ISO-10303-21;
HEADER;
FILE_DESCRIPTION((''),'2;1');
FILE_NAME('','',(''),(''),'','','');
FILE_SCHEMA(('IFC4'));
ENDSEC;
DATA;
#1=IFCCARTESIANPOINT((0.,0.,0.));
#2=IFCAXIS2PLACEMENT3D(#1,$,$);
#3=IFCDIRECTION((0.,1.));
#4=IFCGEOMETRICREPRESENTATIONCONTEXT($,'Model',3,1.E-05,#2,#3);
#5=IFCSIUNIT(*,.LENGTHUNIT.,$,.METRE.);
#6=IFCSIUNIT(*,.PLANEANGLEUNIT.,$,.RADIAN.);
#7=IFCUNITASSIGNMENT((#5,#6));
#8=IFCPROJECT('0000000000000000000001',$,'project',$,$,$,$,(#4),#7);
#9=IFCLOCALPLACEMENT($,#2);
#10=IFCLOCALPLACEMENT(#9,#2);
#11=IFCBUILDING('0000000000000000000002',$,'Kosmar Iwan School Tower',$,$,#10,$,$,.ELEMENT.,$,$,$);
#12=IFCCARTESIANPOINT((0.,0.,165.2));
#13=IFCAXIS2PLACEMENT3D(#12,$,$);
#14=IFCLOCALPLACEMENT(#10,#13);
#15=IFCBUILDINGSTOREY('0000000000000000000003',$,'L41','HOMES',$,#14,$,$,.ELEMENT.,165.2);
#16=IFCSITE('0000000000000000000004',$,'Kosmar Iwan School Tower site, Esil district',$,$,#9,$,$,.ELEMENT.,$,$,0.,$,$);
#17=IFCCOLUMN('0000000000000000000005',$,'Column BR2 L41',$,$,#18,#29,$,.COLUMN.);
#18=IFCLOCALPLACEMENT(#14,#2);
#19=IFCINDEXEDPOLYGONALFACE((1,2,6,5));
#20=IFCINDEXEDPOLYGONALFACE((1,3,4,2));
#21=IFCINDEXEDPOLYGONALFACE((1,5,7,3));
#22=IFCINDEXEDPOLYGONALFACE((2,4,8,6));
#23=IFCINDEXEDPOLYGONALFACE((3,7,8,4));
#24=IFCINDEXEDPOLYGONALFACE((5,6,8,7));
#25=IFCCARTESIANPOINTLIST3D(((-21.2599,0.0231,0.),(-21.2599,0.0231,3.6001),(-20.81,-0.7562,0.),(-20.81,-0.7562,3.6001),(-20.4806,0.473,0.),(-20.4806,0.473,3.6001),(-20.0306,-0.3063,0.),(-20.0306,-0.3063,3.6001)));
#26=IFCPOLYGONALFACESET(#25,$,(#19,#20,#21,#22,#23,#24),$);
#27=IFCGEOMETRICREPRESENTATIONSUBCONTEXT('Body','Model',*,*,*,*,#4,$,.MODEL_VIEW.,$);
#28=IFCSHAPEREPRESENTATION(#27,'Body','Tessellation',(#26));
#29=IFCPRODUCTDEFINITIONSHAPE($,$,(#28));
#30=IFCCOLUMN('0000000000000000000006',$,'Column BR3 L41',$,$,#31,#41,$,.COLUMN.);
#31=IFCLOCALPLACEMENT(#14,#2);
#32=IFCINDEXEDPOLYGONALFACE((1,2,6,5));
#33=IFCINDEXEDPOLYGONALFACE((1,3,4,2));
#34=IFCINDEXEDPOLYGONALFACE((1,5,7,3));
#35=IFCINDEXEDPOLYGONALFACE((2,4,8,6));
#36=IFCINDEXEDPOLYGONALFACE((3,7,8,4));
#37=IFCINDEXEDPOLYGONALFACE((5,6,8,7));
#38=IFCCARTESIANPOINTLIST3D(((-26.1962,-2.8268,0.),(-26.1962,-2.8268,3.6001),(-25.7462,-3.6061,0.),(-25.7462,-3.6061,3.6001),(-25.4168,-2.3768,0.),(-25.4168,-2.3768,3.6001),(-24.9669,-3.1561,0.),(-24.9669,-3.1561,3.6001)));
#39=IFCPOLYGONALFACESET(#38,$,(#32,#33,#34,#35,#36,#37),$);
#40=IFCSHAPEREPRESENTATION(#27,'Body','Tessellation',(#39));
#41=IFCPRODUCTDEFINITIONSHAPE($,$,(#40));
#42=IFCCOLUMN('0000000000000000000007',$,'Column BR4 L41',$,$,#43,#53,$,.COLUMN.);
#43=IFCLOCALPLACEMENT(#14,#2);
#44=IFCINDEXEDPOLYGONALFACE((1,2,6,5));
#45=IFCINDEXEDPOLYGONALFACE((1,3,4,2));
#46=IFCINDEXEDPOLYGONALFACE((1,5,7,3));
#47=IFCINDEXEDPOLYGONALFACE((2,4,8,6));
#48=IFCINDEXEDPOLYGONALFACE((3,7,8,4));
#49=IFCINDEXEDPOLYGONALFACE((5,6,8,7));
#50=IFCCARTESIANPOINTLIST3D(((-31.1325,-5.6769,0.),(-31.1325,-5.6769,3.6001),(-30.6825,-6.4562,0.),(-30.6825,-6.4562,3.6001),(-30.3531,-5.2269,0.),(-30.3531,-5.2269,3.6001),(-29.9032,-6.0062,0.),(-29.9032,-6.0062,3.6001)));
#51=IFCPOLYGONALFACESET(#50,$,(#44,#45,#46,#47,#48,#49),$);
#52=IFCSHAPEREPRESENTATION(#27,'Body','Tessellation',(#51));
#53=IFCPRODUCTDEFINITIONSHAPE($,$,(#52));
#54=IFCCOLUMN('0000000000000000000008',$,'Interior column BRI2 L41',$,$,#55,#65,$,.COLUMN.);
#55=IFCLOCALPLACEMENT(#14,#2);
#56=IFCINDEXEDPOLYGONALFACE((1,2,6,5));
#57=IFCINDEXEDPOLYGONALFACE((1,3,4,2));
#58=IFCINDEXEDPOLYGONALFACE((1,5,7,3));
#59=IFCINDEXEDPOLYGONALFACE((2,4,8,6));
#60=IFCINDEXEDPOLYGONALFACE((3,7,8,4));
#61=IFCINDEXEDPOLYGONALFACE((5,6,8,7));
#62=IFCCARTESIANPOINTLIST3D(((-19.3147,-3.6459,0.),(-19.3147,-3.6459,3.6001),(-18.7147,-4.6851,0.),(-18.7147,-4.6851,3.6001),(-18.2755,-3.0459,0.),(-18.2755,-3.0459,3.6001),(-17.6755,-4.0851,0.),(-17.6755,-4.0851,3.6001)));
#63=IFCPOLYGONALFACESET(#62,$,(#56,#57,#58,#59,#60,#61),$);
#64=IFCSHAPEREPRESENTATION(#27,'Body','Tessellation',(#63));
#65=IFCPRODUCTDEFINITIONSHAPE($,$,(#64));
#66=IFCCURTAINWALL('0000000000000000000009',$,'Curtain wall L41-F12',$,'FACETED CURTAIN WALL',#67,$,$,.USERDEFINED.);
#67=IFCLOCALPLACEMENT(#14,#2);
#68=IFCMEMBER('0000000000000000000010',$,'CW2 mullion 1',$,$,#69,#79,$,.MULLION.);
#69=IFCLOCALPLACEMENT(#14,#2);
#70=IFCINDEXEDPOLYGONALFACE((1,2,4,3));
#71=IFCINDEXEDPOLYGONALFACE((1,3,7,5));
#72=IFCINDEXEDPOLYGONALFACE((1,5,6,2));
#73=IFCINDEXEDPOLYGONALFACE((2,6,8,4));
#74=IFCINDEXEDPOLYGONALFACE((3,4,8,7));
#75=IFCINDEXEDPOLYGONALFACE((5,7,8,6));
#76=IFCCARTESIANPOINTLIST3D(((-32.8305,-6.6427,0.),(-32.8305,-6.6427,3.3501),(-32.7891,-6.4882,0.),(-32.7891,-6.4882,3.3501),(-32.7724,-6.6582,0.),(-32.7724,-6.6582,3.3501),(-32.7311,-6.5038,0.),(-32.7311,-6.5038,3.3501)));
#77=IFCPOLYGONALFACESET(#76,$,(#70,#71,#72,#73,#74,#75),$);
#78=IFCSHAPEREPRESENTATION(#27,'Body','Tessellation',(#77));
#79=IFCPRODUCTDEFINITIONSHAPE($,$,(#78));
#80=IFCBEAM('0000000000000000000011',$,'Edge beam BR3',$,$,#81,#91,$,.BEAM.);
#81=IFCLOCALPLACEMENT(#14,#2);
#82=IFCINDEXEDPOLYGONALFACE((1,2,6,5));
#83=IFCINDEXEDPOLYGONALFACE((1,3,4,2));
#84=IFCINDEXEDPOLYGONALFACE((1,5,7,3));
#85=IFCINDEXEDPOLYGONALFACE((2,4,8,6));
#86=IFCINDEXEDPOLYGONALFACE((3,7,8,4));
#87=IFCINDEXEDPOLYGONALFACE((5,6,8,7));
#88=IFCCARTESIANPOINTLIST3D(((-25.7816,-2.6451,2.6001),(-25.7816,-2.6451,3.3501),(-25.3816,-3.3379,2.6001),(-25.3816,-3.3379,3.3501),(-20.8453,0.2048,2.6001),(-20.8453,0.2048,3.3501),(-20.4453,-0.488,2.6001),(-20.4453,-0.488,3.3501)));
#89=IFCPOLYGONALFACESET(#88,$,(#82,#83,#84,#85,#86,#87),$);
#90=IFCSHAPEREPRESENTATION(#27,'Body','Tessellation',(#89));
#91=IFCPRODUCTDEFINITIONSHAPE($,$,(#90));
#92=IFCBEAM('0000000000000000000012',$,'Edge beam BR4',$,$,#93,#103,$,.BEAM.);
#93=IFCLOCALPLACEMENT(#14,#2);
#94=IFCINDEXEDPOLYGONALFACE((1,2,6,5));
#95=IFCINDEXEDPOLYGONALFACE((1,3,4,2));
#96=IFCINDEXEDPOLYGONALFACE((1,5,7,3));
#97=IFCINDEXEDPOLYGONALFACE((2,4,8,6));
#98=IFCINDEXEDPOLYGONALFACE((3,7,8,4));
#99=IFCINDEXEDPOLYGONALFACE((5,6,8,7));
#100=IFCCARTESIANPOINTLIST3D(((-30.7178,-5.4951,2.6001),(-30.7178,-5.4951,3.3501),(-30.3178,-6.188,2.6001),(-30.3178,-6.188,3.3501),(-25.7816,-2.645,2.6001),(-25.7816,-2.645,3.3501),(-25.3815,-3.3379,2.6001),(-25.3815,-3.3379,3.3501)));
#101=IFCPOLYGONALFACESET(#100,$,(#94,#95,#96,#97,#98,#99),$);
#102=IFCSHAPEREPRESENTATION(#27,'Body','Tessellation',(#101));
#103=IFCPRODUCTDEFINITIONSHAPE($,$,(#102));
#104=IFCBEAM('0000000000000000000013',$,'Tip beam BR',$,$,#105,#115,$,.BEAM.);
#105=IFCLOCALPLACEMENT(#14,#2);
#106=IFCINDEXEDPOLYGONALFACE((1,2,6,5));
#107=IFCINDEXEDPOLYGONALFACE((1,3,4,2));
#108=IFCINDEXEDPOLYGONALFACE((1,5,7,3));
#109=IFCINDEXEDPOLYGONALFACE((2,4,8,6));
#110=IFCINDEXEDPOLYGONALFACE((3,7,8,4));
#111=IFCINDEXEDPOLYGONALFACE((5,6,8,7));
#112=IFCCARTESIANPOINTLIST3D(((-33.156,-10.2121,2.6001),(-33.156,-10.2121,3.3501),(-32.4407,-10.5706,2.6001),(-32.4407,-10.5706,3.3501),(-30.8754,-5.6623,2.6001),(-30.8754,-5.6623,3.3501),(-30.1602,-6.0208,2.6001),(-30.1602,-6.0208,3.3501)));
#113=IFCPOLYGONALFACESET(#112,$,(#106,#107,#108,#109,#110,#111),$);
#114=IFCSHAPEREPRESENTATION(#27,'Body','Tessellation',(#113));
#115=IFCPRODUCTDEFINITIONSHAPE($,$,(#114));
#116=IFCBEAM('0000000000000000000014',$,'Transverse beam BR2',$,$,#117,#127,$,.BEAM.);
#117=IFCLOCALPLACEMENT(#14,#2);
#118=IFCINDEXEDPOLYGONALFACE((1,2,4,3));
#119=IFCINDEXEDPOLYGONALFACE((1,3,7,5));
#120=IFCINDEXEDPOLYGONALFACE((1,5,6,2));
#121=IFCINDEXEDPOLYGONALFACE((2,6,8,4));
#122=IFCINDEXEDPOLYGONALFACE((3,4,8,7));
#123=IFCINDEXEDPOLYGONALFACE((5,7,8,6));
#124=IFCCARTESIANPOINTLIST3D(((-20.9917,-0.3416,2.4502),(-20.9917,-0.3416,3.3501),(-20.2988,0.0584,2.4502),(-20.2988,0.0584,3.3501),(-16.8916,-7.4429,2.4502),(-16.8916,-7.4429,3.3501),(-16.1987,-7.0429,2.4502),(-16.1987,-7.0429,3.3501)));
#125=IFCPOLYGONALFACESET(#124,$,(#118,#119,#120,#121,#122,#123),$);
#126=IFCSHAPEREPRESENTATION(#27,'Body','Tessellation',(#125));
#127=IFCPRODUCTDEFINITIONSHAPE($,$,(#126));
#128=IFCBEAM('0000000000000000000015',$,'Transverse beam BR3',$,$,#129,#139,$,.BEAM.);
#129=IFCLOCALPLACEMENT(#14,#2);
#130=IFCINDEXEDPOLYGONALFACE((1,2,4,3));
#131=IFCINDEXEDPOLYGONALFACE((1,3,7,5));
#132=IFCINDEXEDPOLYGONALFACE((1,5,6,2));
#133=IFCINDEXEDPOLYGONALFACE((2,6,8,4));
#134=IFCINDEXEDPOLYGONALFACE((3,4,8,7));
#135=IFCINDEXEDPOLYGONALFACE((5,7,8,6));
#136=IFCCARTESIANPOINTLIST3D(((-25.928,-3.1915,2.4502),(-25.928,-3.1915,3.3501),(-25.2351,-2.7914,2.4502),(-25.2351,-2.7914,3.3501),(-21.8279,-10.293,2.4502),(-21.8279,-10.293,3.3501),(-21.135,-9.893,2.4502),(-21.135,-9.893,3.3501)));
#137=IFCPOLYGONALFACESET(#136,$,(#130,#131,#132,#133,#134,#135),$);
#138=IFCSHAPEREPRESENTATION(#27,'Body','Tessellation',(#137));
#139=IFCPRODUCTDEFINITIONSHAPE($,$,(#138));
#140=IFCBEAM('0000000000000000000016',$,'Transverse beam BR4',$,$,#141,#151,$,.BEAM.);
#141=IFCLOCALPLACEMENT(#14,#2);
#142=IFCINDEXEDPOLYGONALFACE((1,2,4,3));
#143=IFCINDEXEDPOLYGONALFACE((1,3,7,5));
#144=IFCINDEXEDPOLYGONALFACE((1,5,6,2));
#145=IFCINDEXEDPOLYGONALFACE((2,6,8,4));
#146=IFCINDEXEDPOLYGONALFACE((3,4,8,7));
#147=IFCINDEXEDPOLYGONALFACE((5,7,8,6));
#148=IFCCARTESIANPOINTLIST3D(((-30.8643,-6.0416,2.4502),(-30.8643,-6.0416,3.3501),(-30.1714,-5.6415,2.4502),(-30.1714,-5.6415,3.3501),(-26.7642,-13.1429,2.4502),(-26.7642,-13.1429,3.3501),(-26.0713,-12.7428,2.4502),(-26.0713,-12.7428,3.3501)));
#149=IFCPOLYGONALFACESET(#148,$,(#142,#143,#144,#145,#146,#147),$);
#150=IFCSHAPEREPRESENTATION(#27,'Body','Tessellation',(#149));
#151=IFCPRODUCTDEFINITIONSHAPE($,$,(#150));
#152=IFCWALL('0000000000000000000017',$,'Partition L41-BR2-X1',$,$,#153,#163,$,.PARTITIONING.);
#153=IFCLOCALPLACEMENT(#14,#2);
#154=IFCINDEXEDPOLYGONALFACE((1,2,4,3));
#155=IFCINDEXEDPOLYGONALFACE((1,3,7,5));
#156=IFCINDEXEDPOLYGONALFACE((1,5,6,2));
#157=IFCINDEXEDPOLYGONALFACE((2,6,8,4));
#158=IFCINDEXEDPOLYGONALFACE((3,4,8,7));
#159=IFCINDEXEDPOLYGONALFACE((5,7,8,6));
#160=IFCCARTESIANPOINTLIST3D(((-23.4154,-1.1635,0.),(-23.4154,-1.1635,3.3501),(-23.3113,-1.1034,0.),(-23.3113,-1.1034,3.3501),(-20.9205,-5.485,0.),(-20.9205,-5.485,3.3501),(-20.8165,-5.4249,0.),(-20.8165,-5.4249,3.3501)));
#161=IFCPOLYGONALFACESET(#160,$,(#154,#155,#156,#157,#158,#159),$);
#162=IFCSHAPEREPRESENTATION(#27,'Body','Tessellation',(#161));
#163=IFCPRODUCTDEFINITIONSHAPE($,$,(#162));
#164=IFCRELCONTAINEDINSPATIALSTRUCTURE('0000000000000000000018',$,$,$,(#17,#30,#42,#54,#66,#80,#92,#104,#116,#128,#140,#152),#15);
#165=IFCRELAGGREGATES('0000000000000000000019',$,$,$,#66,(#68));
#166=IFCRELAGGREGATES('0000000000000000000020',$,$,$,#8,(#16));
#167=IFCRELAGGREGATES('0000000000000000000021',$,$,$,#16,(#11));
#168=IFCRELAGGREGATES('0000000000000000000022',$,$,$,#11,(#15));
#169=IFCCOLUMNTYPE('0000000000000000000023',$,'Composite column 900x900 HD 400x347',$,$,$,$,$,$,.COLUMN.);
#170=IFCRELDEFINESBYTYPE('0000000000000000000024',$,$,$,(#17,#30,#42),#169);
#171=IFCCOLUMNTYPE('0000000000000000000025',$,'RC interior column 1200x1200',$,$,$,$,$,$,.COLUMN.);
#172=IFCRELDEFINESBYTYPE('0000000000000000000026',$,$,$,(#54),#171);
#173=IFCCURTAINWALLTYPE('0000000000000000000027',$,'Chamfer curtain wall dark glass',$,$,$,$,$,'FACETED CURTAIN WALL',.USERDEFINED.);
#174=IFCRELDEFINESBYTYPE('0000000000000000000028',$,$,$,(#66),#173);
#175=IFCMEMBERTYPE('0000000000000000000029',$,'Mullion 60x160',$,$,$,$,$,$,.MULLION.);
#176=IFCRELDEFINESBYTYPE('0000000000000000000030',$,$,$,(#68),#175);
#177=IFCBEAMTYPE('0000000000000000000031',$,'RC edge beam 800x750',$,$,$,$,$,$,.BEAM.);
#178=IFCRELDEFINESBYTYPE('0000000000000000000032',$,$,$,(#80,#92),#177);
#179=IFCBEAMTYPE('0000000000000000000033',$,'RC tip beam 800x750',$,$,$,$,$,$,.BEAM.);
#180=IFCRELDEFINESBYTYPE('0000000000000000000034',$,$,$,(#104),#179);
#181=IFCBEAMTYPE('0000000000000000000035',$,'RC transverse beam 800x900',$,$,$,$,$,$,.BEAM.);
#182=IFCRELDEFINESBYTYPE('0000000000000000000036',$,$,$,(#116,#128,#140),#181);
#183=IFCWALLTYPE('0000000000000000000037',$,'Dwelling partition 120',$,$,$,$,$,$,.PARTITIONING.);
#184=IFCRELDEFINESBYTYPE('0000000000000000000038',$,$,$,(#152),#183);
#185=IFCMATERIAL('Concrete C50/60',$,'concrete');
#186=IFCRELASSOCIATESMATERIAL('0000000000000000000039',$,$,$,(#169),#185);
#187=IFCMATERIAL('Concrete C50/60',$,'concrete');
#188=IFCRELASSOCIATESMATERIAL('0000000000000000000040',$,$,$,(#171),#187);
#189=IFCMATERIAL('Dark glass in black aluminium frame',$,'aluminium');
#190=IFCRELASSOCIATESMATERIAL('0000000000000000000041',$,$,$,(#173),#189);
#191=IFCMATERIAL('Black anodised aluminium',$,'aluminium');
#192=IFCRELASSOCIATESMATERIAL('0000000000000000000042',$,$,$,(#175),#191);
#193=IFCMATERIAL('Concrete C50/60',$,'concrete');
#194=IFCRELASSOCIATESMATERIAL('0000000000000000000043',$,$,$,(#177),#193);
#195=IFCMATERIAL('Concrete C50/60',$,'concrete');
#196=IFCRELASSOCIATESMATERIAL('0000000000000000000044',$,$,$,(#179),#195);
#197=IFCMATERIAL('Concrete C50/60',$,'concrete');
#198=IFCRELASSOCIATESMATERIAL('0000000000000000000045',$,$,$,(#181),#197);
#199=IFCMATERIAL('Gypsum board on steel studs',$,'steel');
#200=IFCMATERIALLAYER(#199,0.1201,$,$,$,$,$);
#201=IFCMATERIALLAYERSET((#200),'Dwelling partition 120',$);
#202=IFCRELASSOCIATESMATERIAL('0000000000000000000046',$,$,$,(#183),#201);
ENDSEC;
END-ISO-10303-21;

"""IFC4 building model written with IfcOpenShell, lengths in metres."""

from ifc_helpers import new_model, si_unit, direction, frame, frame_2d, origin, origin_2d, place, context, subcontext, project, spatial, rectangle, extrude, material, layer, layer_set, material_profile, profile_set, type_object, element, aggregate, save


model = new_model("IFC4")

# Units and contexts
model_context = context("Model", 3, precision=1e-05, world=origin(), true_north=direction((0.0, 1.0)))
body_context = subcontext(model_context, "Body", "Model", "MODEL_VIEW")
ifc_project = project(units=[si_unit("LENGTHUNIT", "METRE"), si_unit("PLANEANGLEUNIT", "RADIAN")], contexts=[model_context])

# Site, building, storey
site_placement = place(None, origin())
site = spatial("IfcSite", under=ifc_project, at=site_placement, Name="Kosmar Iwan School Tower site, Esil district", CompositionType="ELEMENT", RefElevation=0.0)
building_placement = place(site_placement, origin())
building = spatial("IfcBuilding", under=site, at=building_placement, Name="Kosmar Iwan School Tower", CompositionType="ELEMENT")
storey_placement = place(building_placement, frame((0.0, 0.0, 165.2)))
storey = spatial("IfcBuildingStorey", under=building, at=storey_placement, Name="L41", Description="HOMES", CompositionType="ELEMENT", Elevation=165.2)

# Columns
ifc_material_1 = material(Name="Concrete C50/60", Category="concrete")
ifc_material_profile_1 = material_profile(ifc_material_1, rectangle(XDim=0.8999, YDim=0.8999, at=origin_2d()), Name="RC 900x900 + HD 400x347")
ifc_profile_set_1 = profile_set([ifc_material_profile_1], Name="Concrete C50/60")
column_type_1 = type_object("IfcColumnType", Name="Composite column 900x900 HD 400x347", PredefinedType="COLUMN", material=ifc_profile_set_1)
for number, where, z_axis, x_axis, name in (
    (1, (-20.6453, -0.1416, 0.0), (0.0, 0.0, 1.0), (-0.866025, -0.5, 0.0), "Column BR2 L41"),
    (2, (-25.5815, -2.9915, 0.0), (0.0, 0.0, 1.0), (-0.866025, -0.5, 0.0), "Column BR3 L41"),
    (3, (-30.5178, -5.8416, 0.0), (0.0, 0.0, 1.0), (-0.866025, -0.5, 0.0), "Column BR4 L41"),
):
    element("IfcColumn", number, at=place(storey_placement, frame(where, z_axis=z_axis, x_axis=x_axis)), inside=storey, type_object=column_type_1, Name=name, PredefinedType="COLUMN", context=body_context, shape_type="SweptSolid", body=[
        extrude(rectangle(XDim=0.8999, YDim=0.8999, at=origin_2d()), origin(), (0.0, 0.0, 1.0), 3.6001),
    ])
ifc_material_2 = material(Name="Concrete C50/60", Category="concrete")
ifc_material_profile_2 = material_profile(ifc_material_2, rectangle(XDim=1.2, YDim=1.2, at=origin_2d()), Name="RC 1200x1200")
ifc_profile_set_2 = profile_set([ifc_material_profile_2], Name="Concrete C50/60")
column_type_2 = type_object("IfcColumnType", Name="RC interior column 1200x1200", PredefinedType="COLUMN", material=ifc_profile_set_2)
column_placement = place(storey_placement, frame((-18.4951, -3.8655, 0.0), z_axis=(0.0, 0.0, 1.0), x_axis=(-0.866025, -0.5, 0.0)))
element("IfcColumn", 4, at=column_placement, inside=storey, type_object=column_type_2, Name="Interior column BRI2 L41", PredefinedType="COLUMN", context=body_context, shape_type="SweptSolid", body=[
    extrude(rectangle(XDim=1.2, YDim=1.2, at=origin_2d()), origin(), (0.0, 0.0, 1.0), 3.6001),
])

# Curtain wall, member
ifc_material_3 = material(Name="Dark glass in black aluminium frame", Category="aluminium")
curtain_wall_type = type_object("IfcCurtainWallType", Name="Chamfer curtain wall dark glass", ElementType="FACETED CURTAIN WALL", PredefinedType="USERDEFINED", material=ifc_material_3)
curtain_wall_placement = place(storey_placement, origin())
curtain_wall = element("IfcCurtainWall", 5, at=curtain_wall_placement, inside=storey, type_object=curtain_wall_type, Name="Curtain wall L41-F12", ObjectType="FACETED CURTAIN WALL", PredefinedType="USERDEFINED")
ifc_material_4 = material(Name="Black anodised aluminium", Category="aluminium")
ifc_material_profile_3 = material_profile(ifc_material_4, rectangle(XDim=0.0601, YDim=0.1599, at=origin_2d()), Name="MULLION 60x160")
ifc_profile_set_3 = profile_set([ifc_material_profile_3], Name="Black anodised aluminium")
member_type = type_object("IfcMemberType", Name="Mullion 60x160", PredefinedType="MULLION", material=ifc_profile_set_3)
member_placement = place(storey_placement, frame((-32.7808, -6.5732, 0.0), z_axis=(0.0, 0.0, 1.0), x_axis=(0.965926, -0.258819, 0.0)))
member = element("IfcMember", 6, at=member_placement, type_object=member_type, Name="CW2 mullion 1", PredefinedType="MULLION", context=body_context, shape_type="SweptSolid", body=[
    extrude(rectangle(XDim=0.0601, YDim=0.1599, at=origin_2d()), origin(), (0.0, 0.0, 1.0), 3.3501),
])
aggregate(curtain_wall, [member])

# Beams
ifc_material_5 = material(Name="Concrete C50/60", Category="concrete")
ifc_material_profile_4 = material_profile(ifc_material_5, rectangle(XDim=0.8, YDim=0.75, at=origin_2d()), Name="RC 800x750")
ifc_profile_set_4 = profile_set([ifc_material_profile_4], Name="Concrete C50/60")
beam_type_1 = type_object("IfcBeamType", Name="RC edge beam 800x750", PredefinedType="BEAM", material=ifc_profile_set_4)
for number, where, z_axis, x_axis, name in (
    (7, (-20.6453, -0.1416, 2.9751), (-0.866034, -0.499986, 0.0), (0.499986, -0.866034, 0.0), "Edge beam BR3"),
    (8, (-25.5815, -2.9915, 2.9751), (-0.866015, -0.500018, 0.0), (0.500018, -0.866015, 0.0), "Edge beam BR4"),
):
    element("IfcBeam", number, at=place(storey_placement, frame(where, z_axis=z_axis, x_axis=x_axis)), inside=storey, type_object=beam_type_1, Name=name, PredefinedType="BEAM", context=body_context, shape_type="SweptSolid", body=[
        extrude(rectangle(XDim=0.8, YDim=0.75, at=origin_2d()), origin(), (0.0, 0.0, 1.0), 5.7),
    ])
ifc_material_6 = material(Name="Concrete C50/60", Category="concrete")
ifc_material_profile_5 = material_profile(ifc_material_6, rectangle(XDim=0.8, YDim=0.75, at=origin_2d()), Name="RC 800x750")
ifc_profile_set_5 = profile_set([ifc_material_profile_5], Name="Concrete C50/60")
beam_type_2 = type_object("IfcBeamType", Name="RC tip beam 800x750", PredefinedType="BEAM", material=ifc_profile_set_5)
beam_1_placement = place(storey_placement, frame((-30.5178, -5.8416, 2.9751), z_axis=(-0.448096, -0.893985, 0.0), x_axis=(0.893985, -0.448096, 0.0)))
element("IfcBeam", 9, at=beam_1_placement, inside=storey, type_object=beam_type_2, Name="Tip beam BR", PredefinedType="BEAM", context=body_context, shape_type="SweptSolid", body=[
    extrude(rectangle(XDim=0.8, YDim=0.75, at=origin_2d()), origin(), (0.0, 0.0, 1.0), 5.0894),
])
ifc_material_7 = material(Name="Concrete C50/60", Category="concrete")
ifc_material_profile_6 = material_profile(ifc_material_7, rectangle(XDim=0.8, YDim=0.8999, at=origin_2d()), Name="RC 800x900")
ifc_profile_set_6 = profile_set([ifc_material_profile_6], Name="Concrete C50/60")
beam_type_3 = type_object("IfcBeamType", Name="RC transverse beam 800x900", PredefinedType="BEAM", material=ifc_profile_set_6)
beam_2_placement = place(storey_placement, frame((-20.6453, -0.1416, 2.9001), z_axis=(0.500014, -0.866018, 0.0), x_axis=(0.866018, 0.500014, 0.0)))
element("IfcBeam", 10, at=beam_2_placement, inside=storey, type_object=beam_type_3, Name="Transverse beam BR2", PredefinedType="BEAM", context=body_context, shape_type="SweptSolid", body=[
    extrude(rectangle(XDim=0.8, YDim=0.8999, at=origin_2d()), origin(), (0.0, 0.0, 1.0), 8.2),
])
beam_3_placement = place(storey_placement, frame((-25.5815, -2.9915, 2.9001), z_axis=(0.500001, -0.866025, 0.0), x_axis=(0.866025, 0.500001, 0.0)))
element("IfcBeam", 11, at=beam_3_placement, inside=storey, type_object=beam_type_3, Name="Transverse beam BR3", PredefinedType="BEAM", context=body_context, shape_type="SweptSolid", body=[
    extrude(rectangle(XDim=0.8, YDim=0.8999, at=origin_2d()), origin(), (0.0, 0.0, 1.0), 8.2002),
])
beam_4_placement = place(storey_placement, frame((-30.5178, -5.8416, 2.9001), z_axis=(0.500014, -0.866018, 0.0), x_axis=(0.866018, 0.500014, 0.0)))
element("IfcBeam", 12, at=beam_4_placement, inside=storey, type_object=beam_type_3, Name="Transverse beam BR4", PredefinedType="BEAM", context=body_context, shape_type="SweptSolid", body=[
    extrude(rectangle(XDim=0.8, YDim=0.8999, at=origin_2d()), origin(), (0.0, 0.0, 1.0), 8.2),
])

# Wall
ifc_material_8 = material(Name="Gypsum board on steel studs", Category="steel")
ifc_layer = layer(ifc_material_8, 0.1201)
ifc_layer_set = layer_set([ifc_layer], Name="Dwelling partition 120")
wall_type = type_object("IfcWallType", Name="Dwelling partition 120", PredefinedType="PARTITIONING", material=ifc_layer_set)
wall_placement = place(storey_placement, frame((-20.8684, -5.4551, 0.0), z_axis=(0.0, 0.0, 1.0), x_axis=(-0.499975, 0.86604, 0.0)))
element("IfcWall", 13, at=wall_placement, inside=storey, type_object=wall_type, Name="Partition L41-BR2-X1", PredefinedType="PARTITIONING", context=body_context, shape_type="SweptSolid", body=[
    extrude(rectangle(XDim=4.99, YDim=0.1201, at=frame_2d((2.4951, 0.0))), origin(), (0.0, 0.0, 1.0), 3.3501),
])

save(model, "model.ifc")
